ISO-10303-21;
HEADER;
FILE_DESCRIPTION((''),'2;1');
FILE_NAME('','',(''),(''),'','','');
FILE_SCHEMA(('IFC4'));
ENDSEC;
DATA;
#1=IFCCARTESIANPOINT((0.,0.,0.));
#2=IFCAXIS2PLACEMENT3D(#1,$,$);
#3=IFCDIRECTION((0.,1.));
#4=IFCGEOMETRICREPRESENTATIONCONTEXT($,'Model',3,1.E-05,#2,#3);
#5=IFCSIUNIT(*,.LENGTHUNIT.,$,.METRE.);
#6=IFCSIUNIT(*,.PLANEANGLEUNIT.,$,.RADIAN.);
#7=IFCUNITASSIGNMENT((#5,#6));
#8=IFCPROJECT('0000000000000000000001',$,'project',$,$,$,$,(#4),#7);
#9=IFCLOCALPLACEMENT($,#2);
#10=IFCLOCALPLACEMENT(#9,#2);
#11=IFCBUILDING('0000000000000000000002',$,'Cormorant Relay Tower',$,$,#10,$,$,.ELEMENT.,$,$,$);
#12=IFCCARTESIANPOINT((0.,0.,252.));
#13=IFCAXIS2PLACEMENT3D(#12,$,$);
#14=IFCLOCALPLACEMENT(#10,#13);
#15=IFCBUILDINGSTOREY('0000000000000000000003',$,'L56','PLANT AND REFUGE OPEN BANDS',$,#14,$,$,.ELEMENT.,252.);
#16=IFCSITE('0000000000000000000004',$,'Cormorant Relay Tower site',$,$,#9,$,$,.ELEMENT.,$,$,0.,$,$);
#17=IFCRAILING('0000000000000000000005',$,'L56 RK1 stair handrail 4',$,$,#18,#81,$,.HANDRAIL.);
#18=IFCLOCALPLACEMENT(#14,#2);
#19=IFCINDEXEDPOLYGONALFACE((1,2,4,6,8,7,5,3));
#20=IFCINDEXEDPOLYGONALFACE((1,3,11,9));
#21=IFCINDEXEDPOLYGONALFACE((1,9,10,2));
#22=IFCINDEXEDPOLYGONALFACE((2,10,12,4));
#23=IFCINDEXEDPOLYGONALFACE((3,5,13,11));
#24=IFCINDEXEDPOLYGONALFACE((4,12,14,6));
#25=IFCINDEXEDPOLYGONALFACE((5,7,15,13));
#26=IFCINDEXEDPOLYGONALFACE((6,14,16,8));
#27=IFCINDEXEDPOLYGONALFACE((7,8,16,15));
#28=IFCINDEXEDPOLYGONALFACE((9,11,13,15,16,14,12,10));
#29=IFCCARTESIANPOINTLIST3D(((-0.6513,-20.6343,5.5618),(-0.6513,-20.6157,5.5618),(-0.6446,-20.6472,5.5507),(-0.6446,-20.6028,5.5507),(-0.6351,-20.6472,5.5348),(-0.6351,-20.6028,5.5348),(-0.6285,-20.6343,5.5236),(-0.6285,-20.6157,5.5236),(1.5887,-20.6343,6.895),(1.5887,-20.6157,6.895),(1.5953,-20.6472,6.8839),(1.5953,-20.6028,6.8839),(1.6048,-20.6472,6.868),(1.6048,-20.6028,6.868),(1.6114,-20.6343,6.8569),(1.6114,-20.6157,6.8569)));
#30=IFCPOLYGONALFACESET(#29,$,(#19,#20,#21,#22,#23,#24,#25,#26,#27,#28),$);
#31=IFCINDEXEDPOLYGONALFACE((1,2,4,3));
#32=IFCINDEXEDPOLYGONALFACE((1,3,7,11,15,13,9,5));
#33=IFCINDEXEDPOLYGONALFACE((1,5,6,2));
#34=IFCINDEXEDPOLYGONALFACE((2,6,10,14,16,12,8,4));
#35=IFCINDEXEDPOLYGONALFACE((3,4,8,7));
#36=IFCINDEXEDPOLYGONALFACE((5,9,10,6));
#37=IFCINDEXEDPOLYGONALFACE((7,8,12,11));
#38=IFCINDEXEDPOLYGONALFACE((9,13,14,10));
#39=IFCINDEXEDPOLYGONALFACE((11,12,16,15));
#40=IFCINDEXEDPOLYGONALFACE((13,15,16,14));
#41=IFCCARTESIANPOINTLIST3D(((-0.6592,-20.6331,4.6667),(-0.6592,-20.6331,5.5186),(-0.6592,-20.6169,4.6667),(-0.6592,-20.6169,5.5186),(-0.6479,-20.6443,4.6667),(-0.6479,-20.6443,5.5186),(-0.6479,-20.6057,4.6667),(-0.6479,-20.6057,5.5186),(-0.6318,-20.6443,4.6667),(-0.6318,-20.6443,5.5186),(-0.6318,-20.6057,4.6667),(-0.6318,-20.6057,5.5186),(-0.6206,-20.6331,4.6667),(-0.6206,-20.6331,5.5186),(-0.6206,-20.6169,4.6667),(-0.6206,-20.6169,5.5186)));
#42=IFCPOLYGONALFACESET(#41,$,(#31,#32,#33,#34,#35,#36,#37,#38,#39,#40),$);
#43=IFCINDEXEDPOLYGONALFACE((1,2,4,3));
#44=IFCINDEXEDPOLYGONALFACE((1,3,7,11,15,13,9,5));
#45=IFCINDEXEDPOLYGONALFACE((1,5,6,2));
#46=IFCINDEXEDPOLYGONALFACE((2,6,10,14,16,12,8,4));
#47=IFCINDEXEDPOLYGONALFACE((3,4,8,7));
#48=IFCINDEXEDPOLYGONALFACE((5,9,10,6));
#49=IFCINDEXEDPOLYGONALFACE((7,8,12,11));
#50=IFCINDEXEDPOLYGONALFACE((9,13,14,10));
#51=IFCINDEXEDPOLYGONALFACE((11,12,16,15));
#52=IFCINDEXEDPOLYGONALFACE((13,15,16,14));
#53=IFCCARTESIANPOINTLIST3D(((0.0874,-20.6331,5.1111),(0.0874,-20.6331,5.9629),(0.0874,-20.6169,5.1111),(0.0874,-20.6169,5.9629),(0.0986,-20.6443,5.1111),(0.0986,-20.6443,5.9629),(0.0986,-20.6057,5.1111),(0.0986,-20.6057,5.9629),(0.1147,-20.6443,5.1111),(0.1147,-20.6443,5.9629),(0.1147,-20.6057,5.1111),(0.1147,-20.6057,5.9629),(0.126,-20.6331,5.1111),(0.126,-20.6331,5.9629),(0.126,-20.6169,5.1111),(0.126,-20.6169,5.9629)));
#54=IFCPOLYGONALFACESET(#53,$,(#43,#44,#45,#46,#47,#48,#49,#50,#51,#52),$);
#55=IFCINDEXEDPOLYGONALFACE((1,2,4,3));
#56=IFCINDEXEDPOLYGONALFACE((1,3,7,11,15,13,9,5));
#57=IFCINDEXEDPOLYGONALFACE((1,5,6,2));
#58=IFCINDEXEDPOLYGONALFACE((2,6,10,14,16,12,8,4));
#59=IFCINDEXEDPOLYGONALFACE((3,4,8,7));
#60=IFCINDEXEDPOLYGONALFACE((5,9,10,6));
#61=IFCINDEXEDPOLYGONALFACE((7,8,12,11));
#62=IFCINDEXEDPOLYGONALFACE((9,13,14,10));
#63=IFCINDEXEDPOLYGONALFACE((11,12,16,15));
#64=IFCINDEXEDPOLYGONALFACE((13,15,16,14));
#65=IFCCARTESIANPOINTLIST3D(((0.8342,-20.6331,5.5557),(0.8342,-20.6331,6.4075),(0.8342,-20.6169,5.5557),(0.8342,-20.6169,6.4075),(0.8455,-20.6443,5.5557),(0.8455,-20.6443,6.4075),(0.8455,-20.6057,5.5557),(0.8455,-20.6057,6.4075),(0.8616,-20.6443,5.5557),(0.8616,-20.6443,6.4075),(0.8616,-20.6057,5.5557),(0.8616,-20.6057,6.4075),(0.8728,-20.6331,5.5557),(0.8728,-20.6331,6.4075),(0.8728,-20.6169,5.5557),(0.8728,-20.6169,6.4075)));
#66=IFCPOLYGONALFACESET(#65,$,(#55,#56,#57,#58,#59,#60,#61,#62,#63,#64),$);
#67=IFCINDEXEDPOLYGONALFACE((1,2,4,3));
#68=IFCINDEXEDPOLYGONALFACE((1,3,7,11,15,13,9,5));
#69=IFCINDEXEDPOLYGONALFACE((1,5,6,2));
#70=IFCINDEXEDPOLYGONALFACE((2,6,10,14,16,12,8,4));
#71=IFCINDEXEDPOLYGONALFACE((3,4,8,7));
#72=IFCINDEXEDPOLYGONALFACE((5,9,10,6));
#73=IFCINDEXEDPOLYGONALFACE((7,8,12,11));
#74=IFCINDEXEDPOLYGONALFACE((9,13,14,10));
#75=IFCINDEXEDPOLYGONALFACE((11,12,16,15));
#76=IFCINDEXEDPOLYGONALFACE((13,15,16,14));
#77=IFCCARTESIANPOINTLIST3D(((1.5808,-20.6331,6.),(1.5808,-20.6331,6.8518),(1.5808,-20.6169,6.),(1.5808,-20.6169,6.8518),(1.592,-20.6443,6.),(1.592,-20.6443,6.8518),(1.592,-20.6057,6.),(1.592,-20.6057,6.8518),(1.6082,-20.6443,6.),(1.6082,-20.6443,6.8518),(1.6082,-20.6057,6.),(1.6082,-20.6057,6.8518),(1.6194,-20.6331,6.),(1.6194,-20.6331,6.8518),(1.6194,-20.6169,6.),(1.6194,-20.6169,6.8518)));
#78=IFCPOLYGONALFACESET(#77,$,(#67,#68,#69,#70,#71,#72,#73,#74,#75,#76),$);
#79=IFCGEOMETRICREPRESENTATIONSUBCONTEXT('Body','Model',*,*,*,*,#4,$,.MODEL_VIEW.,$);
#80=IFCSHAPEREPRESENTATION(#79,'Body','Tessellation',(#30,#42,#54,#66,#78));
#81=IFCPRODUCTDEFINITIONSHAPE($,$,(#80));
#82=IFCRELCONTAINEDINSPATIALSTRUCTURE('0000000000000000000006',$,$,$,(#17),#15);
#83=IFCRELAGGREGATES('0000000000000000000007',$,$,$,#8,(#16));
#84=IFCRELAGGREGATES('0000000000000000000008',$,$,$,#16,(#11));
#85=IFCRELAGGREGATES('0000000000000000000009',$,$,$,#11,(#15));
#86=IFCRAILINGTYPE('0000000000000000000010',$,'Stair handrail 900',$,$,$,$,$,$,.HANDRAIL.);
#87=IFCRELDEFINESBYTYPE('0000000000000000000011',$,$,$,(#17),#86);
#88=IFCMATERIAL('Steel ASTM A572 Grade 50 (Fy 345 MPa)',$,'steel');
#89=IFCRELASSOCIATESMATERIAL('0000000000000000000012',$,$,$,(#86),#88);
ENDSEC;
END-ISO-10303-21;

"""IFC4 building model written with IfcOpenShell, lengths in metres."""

from ifc_helpers import new_model, si_unit, direction, frame, origin, place, context, subcontext, project, spatial, polyline, outline, extrude, material, type_object, element, save


model = new_model("IFC4")

# Units and contexts
model_context = context("Model", 3, precision=1e-05, world=origin(), true_north=direction((0.0, 1.0)))
body_context = subcontext(model_context, "Body", "Model", "MODEL_VIEW")
ifc_project = project(units=[si_unit("LENGTHUNIT", "METRE"), si_unit("PLANEANGLEUNIT", "RADIAN")], contexts=[model_context])

# Site, building, storey
site_placement = place(None, origin())
site = spatial("IfcSite", under=ifc_project, at=site_placement, Name="Cormorant Relay Tower site", CompositionType="ELEMENT", RefElevation=0.0)
building_placement = place(site_placement, origin())
building = spatial("IfcBuilding", under=site, at=building_placement, Name="Cormorant Relay Tower", CompositionType="ELEMENT")
storey_placement = place(building_placement, frame((0.0, 0.0, 252.0)))
storey = spatial("IfcBuildingStorey", under=building, at=storey_placement, Name="L56", Description="PLANT AND REFUGE OPEN BANDS", CompositionType="ELEMENT", Elevation=252.0)

# Railing
ifc_material_1 = material(Name="Steel ASTM A572 Grade 50 (Fy 345 MPa)", Category="steel")
railing_type_1 = type_object("IfcRailingType", Name="Stair handrail 900", PredefinedType="HANDRAIL", material=ifc_material_1)
railing_1_placement = place(storey_placement, frame((-0.6399, -20.625, 4.6667)))
element("IfcRailing", 1, at=railing_1_placement, inside=storey, type_object=railing_type_1, Name="L56 RK1 stair handrail 4", PredefinedType="HANDRAIL", context=body_context, shape_type="SweptSolid", body=[
    extrude(outline(polyline([(0.0222, 0.0093), (0.0093, 0.0222), (-0.0093, 0.0222), (-0.0222, 0.0093), (-0.0222, -0.0093), (-0.0093, -0.0222), (0.0093, -0.0222), (0.0222, -0.0093), (0.0222, 0.0093)])), frame((0.0, 0.0, 0.876), z_axis=(0.859306, 0.0, 0.511462), x_axis=(0.0, 1.0, 0.0)), (0.0, 0.0, 1.0), 2.6067),
    extrude(outline(polyline([(0.0193, 0.0081), (0.0081, 0.0193), (-0.0081, 0.0193), (-0.0193, 0.0081), (-0.0193, -0.0081), (-0.0081, -0.0193), (0.0081, -0.0193), (0.0193, -0.0081), (0.0193, 0.0081)])), origin(), (0.0, 0.0, 1.0), 0.8518),
    extrude(outline(polyline([(0.0193, 0.0081), (0.0081, 0.0193), (-0.0081, 0.0193), (-0.0193, 0.0081), (-0.0193, -0.0081), (-0.0081, -0.0193), (0.0081, -0.0193), (0.0193, -0.0081), (0.0193, 0.0081)])), frame((0.7466, 0.0, 0.4443)), (0.0, 0.0, 1.0), 0.8518),
    extrude(outline(polyline([(0.0193, 0.0081), (0.0081, 0.0193), (-0.0081, 0.0193), (-0.0193, 0.0081), (-0.0193, -0.0081), (-0.0081, -0.0193), (0.0081, -0.0193), (0.0193, -0.0081), (0.0193, 0.0081)])), frame((1.4934, 0.0, 0.8889)), (0.0, 0.0, 1.0), 0.8518),
    extrude(outline(polyline([(0.0193, 0.0081), (0.0081, 0.0193), (-0.0081, 0.0193), (-0.0193, 0.0081), (-0.0193, -0.0081), (-0.0081, -0.0193), (0.0081, -0.0193), (0.0193, -0.0081), (0.0193, 0.0081)])), frame((2.24, 0.0, 1.3333)), (0.0, 0.0, 1.0), 0.8518),
])

save(model, "model.ifc")
